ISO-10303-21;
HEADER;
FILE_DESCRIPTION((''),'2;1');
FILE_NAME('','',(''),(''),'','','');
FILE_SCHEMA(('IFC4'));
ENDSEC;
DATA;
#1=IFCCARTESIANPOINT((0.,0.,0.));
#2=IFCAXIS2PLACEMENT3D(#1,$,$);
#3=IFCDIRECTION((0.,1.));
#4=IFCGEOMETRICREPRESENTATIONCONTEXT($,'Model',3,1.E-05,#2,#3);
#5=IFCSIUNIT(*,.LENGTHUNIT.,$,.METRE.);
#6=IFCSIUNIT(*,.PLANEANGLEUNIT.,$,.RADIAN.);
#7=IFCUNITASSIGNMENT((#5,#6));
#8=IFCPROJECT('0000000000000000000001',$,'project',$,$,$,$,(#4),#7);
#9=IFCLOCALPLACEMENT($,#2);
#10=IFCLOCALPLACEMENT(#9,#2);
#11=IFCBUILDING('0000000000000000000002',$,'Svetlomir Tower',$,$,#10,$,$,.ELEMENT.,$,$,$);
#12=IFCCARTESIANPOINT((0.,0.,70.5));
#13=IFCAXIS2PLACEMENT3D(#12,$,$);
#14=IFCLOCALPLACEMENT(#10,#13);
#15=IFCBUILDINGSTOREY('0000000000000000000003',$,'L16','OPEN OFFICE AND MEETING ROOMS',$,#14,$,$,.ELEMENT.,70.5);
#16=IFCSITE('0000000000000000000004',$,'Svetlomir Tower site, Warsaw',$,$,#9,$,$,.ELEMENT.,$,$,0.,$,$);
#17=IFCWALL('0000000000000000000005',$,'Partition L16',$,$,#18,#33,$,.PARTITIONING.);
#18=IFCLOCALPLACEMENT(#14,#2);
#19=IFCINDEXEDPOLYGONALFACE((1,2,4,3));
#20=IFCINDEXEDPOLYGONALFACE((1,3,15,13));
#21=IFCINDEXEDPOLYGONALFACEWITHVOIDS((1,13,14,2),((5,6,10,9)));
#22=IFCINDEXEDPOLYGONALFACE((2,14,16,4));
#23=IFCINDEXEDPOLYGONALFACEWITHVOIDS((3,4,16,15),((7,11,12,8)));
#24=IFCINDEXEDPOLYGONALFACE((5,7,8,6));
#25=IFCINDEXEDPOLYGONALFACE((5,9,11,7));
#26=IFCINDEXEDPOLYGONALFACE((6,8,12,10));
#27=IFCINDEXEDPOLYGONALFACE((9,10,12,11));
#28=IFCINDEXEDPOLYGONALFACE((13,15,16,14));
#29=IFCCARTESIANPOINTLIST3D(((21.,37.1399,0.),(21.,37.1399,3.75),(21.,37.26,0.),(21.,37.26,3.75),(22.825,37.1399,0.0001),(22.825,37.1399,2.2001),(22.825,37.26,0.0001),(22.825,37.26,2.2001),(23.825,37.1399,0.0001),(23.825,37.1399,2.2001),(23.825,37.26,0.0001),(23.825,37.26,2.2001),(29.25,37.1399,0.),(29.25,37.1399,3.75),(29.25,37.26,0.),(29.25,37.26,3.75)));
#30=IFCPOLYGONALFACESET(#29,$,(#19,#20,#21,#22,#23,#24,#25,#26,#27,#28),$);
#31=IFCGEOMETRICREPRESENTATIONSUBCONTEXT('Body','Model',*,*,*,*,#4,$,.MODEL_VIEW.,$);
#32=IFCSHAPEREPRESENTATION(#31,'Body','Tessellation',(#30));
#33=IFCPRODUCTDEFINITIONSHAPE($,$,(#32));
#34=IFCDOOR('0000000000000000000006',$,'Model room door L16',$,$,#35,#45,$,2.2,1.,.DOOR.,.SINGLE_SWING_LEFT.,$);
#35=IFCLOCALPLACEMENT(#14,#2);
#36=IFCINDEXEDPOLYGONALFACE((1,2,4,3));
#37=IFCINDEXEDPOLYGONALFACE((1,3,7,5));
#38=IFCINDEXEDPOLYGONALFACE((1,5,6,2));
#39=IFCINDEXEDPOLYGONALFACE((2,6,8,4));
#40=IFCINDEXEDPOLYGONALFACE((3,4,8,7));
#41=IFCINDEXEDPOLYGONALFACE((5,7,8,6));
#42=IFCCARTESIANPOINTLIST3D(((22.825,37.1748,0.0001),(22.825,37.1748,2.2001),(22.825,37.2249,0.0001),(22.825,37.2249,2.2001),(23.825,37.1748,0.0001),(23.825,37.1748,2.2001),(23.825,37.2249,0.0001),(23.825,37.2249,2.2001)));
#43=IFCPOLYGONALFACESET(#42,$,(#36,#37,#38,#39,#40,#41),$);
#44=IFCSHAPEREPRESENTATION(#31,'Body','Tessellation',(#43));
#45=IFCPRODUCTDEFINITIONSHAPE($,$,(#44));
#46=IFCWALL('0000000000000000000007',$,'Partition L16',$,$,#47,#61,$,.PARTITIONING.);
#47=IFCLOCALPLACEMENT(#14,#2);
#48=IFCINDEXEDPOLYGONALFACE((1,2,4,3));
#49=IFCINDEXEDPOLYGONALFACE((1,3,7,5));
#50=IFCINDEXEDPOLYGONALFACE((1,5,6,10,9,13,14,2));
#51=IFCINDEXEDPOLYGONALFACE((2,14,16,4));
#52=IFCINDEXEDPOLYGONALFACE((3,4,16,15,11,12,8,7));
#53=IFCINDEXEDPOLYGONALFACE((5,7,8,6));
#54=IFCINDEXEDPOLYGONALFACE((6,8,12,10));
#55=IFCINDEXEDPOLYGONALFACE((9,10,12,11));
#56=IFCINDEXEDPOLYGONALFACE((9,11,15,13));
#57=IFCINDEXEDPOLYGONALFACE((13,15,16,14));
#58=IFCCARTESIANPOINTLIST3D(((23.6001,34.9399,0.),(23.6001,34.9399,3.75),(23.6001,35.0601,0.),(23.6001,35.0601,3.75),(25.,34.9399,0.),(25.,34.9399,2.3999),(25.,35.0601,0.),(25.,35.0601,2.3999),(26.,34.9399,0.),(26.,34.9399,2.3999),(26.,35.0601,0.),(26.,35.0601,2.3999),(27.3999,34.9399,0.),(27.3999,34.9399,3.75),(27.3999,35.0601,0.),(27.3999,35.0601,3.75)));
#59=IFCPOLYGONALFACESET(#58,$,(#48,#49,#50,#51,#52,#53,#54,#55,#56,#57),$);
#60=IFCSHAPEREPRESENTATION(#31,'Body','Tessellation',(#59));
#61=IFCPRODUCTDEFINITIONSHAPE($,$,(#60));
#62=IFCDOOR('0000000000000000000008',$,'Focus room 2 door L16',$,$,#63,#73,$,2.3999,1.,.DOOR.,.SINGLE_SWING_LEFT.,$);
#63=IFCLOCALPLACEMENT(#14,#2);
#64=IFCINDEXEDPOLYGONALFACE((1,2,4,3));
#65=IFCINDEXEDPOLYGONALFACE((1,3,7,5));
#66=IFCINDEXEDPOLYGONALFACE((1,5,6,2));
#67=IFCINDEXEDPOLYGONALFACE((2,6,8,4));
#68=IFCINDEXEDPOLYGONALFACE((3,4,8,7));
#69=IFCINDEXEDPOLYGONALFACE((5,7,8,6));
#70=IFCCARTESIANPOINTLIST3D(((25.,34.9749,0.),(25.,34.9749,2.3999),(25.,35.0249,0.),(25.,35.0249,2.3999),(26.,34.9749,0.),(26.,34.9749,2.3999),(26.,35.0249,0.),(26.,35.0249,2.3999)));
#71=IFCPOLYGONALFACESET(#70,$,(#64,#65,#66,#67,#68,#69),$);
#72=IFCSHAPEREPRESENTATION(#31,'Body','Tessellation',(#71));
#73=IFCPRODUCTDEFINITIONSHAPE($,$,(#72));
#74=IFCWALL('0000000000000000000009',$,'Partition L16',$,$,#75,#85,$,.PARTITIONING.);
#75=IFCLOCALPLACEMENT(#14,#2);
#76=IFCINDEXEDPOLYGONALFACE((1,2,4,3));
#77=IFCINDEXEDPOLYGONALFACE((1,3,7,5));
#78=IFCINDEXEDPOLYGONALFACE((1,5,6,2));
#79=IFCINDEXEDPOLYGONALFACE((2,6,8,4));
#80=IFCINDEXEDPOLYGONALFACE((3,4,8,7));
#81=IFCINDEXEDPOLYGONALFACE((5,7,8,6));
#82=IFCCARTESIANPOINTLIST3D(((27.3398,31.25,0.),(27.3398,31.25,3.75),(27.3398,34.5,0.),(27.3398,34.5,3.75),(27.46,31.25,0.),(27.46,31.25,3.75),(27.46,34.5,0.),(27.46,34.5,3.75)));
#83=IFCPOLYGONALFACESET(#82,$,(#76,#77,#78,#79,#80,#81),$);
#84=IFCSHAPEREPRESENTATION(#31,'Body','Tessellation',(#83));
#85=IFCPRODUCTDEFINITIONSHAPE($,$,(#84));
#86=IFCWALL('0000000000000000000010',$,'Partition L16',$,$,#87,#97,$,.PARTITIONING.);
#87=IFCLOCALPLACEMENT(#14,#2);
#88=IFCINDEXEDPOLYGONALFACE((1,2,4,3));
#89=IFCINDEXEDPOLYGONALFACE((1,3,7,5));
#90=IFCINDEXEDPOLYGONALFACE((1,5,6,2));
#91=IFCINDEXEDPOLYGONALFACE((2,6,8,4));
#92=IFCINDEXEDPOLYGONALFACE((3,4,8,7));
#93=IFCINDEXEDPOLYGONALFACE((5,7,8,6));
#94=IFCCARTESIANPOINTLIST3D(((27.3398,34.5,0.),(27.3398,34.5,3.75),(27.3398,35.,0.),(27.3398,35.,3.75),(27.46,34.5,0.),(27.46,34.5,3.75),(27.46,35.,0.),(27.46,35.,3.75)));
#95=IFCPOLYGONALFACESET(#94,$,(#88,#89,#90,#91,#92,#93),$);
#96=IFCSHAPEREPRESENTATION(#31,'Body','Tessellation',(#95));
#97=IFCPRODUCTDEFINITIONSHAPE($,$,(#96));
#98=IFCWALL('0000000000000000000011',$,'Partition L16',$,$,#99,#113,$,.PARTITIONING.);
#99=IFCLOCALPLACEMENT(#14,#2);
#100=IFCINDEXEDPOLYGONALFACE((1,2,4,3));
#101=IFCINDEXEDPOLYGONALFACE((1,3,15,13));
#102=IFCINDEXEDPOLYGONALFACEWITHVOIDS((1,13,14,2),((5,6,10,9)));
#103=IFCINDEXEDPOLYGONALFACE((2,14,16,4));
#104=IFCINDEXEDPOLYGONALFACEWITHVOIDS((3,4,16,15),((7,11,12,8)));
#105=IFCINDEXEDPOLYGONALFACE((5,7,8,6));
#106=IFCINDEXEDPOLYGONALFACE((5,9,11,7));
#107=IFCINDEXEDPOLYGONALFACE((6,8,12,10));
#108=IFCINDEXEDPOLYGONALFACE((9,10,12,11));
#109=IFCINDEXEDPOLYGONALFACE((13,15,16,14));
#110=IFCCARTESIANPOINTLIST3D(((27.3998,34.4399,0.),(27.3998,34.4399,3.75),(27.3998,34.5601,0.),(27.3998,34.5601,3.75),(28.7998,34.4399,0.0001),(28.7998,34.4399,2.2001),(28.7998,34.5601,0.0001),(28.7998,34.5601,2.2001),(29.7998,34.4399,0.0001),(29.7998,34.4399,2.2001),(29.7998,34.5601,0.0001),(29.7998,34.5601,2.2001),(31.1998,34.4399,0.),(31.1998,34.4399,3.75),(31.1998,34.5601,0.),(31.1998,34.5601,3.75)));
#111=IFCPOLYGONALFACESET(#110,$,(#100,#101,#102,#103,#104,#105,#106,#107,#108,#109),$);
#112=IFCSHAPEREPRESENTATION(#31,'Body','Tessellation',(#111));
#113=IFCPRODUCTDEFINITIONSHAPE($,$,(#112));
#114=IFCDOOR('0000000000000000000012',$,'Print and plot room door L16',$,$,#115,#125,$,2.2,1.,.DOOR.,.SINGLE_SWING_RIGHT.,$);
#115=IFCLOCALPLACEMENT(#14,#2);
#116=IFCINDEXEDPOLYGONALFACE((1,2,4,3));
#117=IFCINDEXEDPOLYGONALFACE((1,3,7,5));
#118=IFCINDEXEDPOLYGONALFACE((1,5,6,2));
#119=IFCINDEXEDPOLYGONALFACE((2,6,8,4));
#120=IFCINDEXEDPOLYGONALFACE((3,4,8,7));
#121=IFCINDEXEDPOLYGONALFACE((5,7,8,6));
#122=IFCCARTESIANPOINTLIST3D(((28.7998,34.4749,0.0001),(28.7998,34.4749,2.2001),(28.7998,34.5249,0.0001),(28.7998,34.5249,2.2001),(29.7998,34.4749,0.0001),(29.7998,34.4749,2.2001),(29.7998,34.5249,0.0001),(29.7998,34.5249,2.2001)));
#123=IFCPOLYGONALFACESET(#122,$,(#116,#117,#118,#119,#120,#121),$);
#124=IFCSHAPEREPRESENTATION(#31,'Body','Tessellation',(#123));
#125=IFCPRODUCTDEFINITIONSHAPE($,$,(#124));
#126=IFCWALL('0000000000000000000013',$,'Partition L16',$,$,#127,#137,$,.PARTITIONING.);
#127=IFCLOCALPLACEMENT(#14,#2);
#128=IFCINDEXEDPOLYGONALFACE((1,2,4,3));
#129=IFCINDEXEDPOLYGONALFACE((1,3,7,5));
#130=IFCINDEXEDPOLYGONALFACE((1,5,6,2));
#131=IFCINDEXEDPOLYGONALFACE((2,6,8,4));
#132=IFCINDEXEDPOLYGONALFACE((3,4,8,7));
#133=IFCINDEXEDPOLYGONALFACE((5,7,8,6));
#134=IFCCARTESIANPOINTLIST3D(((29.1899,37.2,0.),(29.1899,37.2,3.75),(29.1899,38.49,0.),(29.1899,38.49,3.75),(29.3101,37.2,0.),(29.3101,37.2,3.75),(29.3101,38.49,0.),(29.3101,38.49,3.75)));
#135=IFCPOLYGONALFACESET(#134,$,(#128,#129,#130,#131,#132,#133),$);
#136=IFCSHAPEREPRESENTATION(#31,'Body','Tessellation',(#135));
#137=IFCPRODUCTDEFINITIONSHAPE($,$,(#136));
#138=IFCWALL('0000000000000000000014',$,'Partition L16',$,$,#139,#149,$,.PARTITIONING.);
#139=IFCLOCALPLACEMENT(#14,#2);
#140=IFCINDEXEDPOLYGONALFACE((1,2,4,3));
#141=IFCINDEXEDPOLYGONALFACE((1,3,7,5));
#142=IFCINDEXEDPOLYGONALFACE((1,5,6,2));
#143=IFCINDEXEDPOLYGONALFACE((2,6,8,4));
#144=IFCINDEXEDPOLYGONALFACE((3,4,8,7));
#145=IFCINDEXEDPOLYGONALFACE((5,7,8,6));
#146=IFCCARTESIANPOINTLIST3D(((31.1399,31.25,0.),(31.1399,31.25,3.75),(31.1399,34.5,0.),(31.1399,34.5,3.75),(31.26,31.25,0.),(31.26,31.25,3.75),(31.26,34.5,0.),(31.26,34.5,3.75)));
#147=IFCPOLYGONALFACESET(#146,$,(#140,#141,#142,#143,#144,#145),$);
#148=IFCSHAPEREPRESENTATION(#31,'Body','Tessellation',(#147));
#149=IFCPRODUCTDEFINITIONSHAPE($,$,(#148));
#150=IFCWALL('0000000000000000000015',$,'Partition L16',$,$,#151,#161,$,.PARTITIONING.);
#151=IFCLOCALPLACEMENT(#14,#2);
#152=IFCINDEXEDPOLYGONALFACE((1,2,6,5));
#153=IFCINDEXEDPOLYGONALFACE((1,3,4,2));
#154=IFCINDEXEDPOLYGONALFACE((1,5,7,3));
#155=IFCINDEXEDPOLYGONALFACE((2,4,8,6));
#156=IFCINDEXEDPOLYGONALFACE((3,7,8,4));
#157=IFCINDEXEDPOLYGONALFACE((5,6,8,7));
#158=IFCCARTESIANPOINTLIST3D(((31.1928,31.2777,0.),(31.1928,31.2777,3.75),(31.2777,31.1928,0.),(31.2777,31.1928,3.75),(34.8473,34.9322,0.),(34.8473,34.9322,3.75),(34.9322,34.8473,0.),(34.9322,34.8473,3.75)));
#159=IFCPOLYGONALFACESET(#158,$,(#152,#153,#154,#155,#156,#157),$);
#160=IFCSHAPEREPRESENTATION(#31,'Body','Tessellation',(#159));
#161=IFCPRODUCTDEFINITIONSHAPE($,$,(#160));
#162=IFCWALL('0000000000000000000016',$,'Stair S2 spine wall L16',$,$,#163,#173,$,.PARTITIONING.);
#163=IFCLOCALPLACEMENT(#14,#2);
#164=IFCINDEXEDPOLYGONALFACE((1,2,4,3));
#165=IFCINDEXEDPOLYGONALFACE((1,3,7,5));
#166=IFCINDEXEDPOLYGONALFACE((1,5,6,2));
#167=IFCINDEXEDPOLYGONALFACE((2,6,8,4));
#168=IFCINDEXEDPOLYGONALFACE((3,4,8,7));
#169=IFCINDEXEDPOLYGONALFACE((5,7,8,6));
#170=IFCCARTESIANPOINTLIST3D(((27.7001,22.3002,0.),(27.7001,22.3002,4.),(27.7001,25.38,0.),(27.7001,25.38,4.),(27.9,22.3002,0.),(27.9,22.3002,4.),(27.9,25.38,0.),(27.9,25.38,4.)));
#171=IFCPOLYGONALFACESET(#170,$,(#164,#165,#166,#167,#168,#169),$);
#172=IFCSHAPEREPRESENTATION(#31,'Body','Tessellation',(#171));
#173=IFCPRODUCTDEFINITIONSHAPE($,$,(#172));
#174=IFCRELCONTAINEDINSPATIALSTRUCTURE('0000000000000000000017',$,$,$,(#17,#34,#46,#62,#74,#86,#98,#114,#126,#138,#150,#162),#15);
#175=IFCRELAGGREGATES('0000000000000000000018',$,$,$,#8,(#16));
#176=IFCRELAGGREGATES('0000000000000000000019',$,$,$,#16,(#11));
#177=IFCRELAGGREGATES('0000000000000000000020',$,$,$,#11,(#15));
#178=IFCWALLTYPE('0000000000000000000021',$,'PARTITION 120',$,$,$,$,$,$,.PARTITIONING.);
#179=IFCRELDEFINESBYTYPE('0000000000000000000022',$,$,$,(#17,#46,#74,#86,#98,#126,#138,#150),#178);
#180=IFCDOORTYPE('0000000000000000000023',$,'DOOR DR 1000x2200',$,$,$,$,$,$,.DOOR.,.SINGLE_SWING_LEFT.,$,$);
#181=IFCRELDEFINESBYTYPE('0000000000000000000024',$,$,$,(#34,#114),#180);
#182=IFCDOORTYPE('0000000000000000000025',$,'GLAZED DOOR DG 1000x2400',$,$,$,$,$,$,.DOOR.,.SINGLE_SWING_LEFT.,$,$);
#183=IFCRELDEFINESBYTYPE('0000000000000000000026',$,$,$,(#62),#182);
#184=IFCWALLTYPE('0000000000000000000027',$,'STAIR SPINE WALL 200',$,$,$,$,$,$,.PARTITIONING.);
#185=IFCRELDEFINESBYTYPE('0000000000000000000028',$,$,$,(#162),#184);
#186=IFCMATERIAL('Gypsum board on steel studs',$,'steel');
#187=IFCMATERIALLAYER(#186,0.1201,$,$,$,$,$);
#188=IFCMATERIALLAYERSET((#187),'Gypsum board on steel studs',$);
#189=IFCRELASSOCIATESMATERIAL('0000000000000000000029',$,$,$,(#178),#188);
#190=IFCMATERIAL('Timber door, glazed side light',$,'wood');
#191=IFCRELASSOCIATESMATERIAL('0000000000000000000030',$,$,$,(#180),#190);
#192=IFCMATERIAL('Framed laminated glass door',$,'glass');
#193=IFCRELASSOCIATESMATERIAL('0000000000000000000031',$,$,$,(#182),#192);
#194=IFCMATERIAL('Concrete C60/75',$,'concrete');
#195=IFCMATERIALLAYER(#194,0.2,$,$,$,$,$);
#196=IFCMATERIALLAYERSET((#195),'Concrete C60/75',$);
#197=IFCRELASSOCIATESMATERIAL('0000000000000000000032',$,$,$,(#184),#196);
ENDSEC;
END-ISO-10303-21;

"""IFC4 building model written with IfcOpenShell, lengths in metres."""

from ifc_helpers import new_model, si_unit, direction, frame, frame_2d, origin, place, context, subcontext, project, spatial, rectangle, extrude, material, layer, layer_set, type_object, element, fill, save


model = new_model("IFC4")

# Units and contexts
model_context = context("Model", 3, precision=1e-05, world=origin(), true_north=direction((0.0, 1.0)))
body_context = subcontext(model_context, "Body", "Model", "MODEL_VIEW")
ifc_project = project(units=[si_unit("LENGTHUNIT", "METRE"), si_unit("PLANEANGLEUNIT", "RADIAN")], contexts=[model_context])

# Site, building, storey
site_placement = place(None, origin())
site = spatial("IfcSite", under=ifc_project, at=site_placement, Name="Svetlomir Tower site, Warsaw", CompositionType="ELEMENT", RefElevation=0.0)
building_placement = place(site_placement, origin())
building = spatial("IfcBuilding", under=site, at=building_placement, Name="Svetlomir Tower", CompositionType="ELEMENT")
storey_placement = place(building_placement, frame((0.0, 0.0, 70.5)))
storey = spatial("IfcBuildingStorey", under=building, at=storey_placement, Name="L16", Description="OPEN OFFICE AND MEETING ROOMS", CompositionType="ELEMENT", Elevation=70.5)

# Shared definitions
ifc_material_1 = material(Name="Gypsum board on steel studs", Category="steel")
ifc_layer_1 = layer(ifc_material_1, 0.1201)
ifc_layer_set_1 = layer_set([ifc_layer_1], Name="Gypsum board on steel studs")
wall_type_1 = type_object("IfcWallType", Name="PARTITION 120", PredefinedType="PARTITIONING", material=ifc_layer_set_1)

# Walls, openings, doors
wall_1_placement = place(storey_placement, frame((21.0, 37.2, 0.0), z_axis=(0.0, 0.0, 1.0), x_axis=(1.0, 0.0, 0.0)))
wall_1 = element("IfcWall", 1, at=wall_1_placement, inside=storey, type_object=wall_type_1, Name="Partition L16", PredefinedType="PARTITIONING", context=body_context, shape_type="SweptSolid", body=[
    extrude(rectangle(XDim=8.25, YDim=0.1201, at=frame_2d((4.125, 0.0))), origin(), (0.0, 0.0, 1.0), 3.75),
])
opening_1_placement = place(wall_1_placement, frame((1.825, 0.0, 0.0)))
opening_1 = element("IfcOpeningElement", 2, at=opening_1_placement, cuts=wall_1, PredefinedType="OPENING", context=body_context, shape_type="SweptSolid", body=[
    extrude(rectangle(XDim=1.0, YDim=2.2, at=frame_2d((0.5, 1.1001))), frame((0.0, 0.0701, 0.0), z_axis=(0.0, -1.0, 0.0), x_axis=(1.0, 0.0, 0.0)), (0.0, 0.0, 1.0), 0.1401),
])
ifc_material_2 = material(Name="Timber door, glazed side light", Category="wood")
door_type_1 = type_object("IfcDoorType", Name="DOOR DR 1000x2200", OperationType="SINGLE_SWING_LEFT", PredefinedType="DOOR", material=ifc_material_2)
door_1_placement = place(opening_1_placement, origin())
door_1 = element("IfcDoor", 3, at=door_1_placement, inside=storey, type_object=door_type_1, Name="Model room door L16", OperationType="SINGLE_SWING_LEFT", OverallHeight=2.2, OverallWidth=1.0, PredefinedType="DOOR", context=body_context, shape_type="SweptSolid", body=[
    extrude(rectangle(XDim=1.0, YDim=2.2, at=frame_2d((0.5, 1.1001))), frame((0.0, 0.0249, 0.0), z_axis=(0.0, -1.0, 0.0), x_axis=(1.0, 0.0, 0.0)), (0.0, 0.0, 1.0), 0.05),
])
fill(opening_1, door_1)
wall_2_placement = place(storey_placement, frame((23.6001, 35.0, 0.0), z_axis=(0.0, 0.0, 1.0), x_axis=(1.0, 0.0, 0.0)))
wall_2 = element("IfcWall", 4, at=wall_2_placement, inside=storey, type_object=wall_type_1, Name="Partition L16", PredefinedType="PARTITIONING", context=body_context, shape_type="SweptSolid", body=[
    extrude(rectangle(XDim=3.7998, YDim=0.1201, at=frame_2d((1.8999, 0.0))), origin(), (0.0, 0.0, 1.0), 3.75),
])
opening_2_placement = place(wall_2_placement, frame((1.3999, 0.0, 0.0)))
opening_2 = element("IfcOpeningElement", 5, at=opening_2_placement, cuts=wall_2, PredefinedType="OPENING", context=body_context, shape_type="SweptSolid", body=[
    extrude(rectangle(XDim=1.0, YDim=2.3999, at=frame_2d((0.5, 1.2))), frame((0.0, 0.0701, 0.0), z_axis=(0.0, -1.0, 0.0), x_axis=(1.0, 0.0, 0.0)), (0.0, 0.0, 1.0), 0.1401),
])
ifc_material_3 = material(Name="Framed laminated glass door", Category="glass")
door_type_2 = type_object("IfcDoorType", Name="GLAZED DOOR DG 1000x2400", OperationType="SINGLE_SWING_LEFT", PredefinedType="DOOR", material=ifc_material_3)
door_2_placement = place(opening_2_placement, origin())
door_2 = element("IfcDoor", 6, at=door_2_placement, inside=storey, type_object=door_type_2, Name="Focus room 2 door L16", OperationType="SINGLE_SWING_LEFT", OverallHeight=2.3999, OverallWidth=1.0, PredefinedType="DOOR", context=body_context, shape_type="SweptSolid", body=[
    extrude(rectangle(XDim=1.0, YDim=2.3999, at=frame_2d((0.5, 1.2))), frame((0.0, 0.0249, 0.0), z_axis=(0.0, -1.0, 0.0), x_axis=(1.0, 0.0, 0.0)), (0.0, 0.0, 1.0), 0.05),
])
fill(opening_2, door_2)

# Walls
wall_3_placement = place(storey_placement, frame((27.3999, 31.25, 0.0), z_axis=(0.0, 0.0, 1.0), x_axis=(0.0, 1.0, 0.0)))
element("IfcWall", 7, at=wall_3_placement, inside=storey, type_object=wall_type_1, Name="Partition L16", PredefinedType="PARTITIONING", context=body_context, shape_type="SweptSolid", body=[
    extrude(rectangle(XDim=3.25, YDim=0.1201, at=frame_2d((1.625, 0.0))), origin(), (0.0, 0.0, 1.0), 3.75),
])
wall_4_placement = place(storey_placement, frame((27.3999, 34.5, 0.0), z_axis=(0.0, 0.0, 1.0), x_axis=(0.0, 1.0, 0.0)))
element("IfcWall", 8, at=wall_4_placement, inside=storey, type_object=wall_type_1, Name="Partition L16", PredefinedType="PARTITIONING", context=body_context, shape_type="SweptSolid", body=[
    extrude(rectangle(XDim=0.5, YDim=0.1201, at=frame_2d((0.25, 0.0))), origin(), (0.0, 0.0, 1.0), 3.75),
])

# Wall, opening, door
wall_5_placement = place(storey_placement, frame((27.3999, 34.5, 0.0), z_axis=(0.0, 0.0, 1.0), x_axis=(1.0, 0.0, 0.0)))
wall_5 = element("IfcWall", 9, at=wall_5_placement, inside=storey, type_object=wall_type_1, Name="Partition L16", PredefinedType="PARTITIONING", context=body_context, shape_type="SweptSolid", body=[
    extrude(rectangle(XDim=3.8, YDim=0.1201, at=frame_2d((1.8999, 0.0))), origin(), (0.0, 0.0, 1.0), 3.75),
])
opening_3_placement = place(wall_5_placement, frame((1.3999, 0.0, 0.0)))
opening_3 = element("IfcOpeningElement", 10, at=opening_3_placement, cuts=wall_5, PredefinedType="OPENING", context=body_context, shape_type="SweptSolid", body=[
    extrude(rectangle(XDim=1.0, YDim=2.2, at=frame_2d((0.5, 1.1001))), frame((0.0, 0.0701, 0.0), z_axis=(0.0, -1.0, 0.0), x_axis=(1.0, 0.0, 0.0)), (0.0, 0.0, 1.0), 0.1401),
])
door_3_placement = place(opening_3_placement, origin())
door_3 = element("IfcDoor", 11, at=door_3_placement, inside=storey, type_object=door_type_1, Name="Print and plot room door L16", OperationType="SINGLE_SWING_RIGHT", OverallHeight=2.2, OverallWidth=1.0, PredefinedType="DOOR", context=body_context, shape_type="SweptSolid", body=[
    extrude(rectangle(XDim=1.0, YDim=2.2, at=frame_2d((0.5, 1.1001))), frame((0.0, 0.0249, 0.0), z_axis=(0.0, -1.0, 0.0), x_axis=(1.0, 0.0, 0.0)), (0.0, 0.0, 1.0), 0.05),
])
fill(opening_3, door_3)

# Walls
wall_6_placement = place(storey_placement, frame((29.25, 37.2, 0.0), z_axis=(0.0, 0.0, 1.0), x_axis=(0.0, 1.0, 0.0)))
element("IfcWall", 12, at=wall_6_placement, inside=storey, type_object=wall_type_1, Name="Partition L16", PredefinedType="PARTITIONING", context=body_context, shape_type="SweptSolid", body=[
    extrude(rectangle(XDim=1.29, YDim=0.1201, at=frame_2d((0.645, 0.0))), origin(), (0.0, 0.0, 1.0), 3.75),
])
wall_7_placement = place(storey_placement, frame((31.2, 31.25, 0.0), z_axis=(0.0, 0.0, 1.0), x_axis=(0.0, 1.0, 0.0)))
element("IfcWall", 13, at=wall_7_placement, inside=storey, type_object=wall_type_1, Name="Partition L16", PredefinedType="PARTITIONING", context=body_context, shape_type="SweptSolid", body=[
    extrude(rectangle(XDim=3.25, YDim=0.1201, at=frame_2d((1.625, 0.0))), origin(), (0.0, 0.0, 1.0), 3.75),
])
wall_8_placement = place(storey_placement, frame((31.2354, 31.2354, 0.0), z_axis=(0.0, 0.0, 1.0), x_axis=(0.707107, 0.707107, 0.0)))
element("IfcWall", 14, at=wall_8_placement, inside=storey, type_object=wall_type_1, Name="Partition L16", PredefinedType="PARTITIONING", context=body_context, shape_type="SweptSolid", body=[
    extrude(rectangle(XDim=5.1682, YDim=0.1201, at=frame_2d((2.584, 0.0))), origin(), (0.0, 0.0, 1.0), 3.75),
])
ifc_material_4 = material(Name="Concrete C60/75", Category="concrete")
ifc_layer_2 = layer(ifc_material_4, 0.2)
ifc_layer_set_2 = layer_set([ifc_layer_2], Name="Concrete C60/75")
wall_type_2 = type_object("IfcWallType", Name="STAIR SPINE WALL 200", PredefinedType="PARTITIONING", material=ifc_layer_set_2)
wall_9_placement = place(storey_placement, frame((27.8, 22.3, 0.0), z_axis=(0.0, 0.0, 1.0), x_axis=(0.0, 1.0, 0.0)))
element("IfcWall", 15, at=wall_9_placement, inside=storey, type_object=wall_type_2, Name="Stair S2 spine wall L16", PredefinedType="PARTITIONING", context=body_context, shape_type="SweptSolid", body=[
    extrude(rectangle(XDim=3.0798, YDim=0.2, at=frame_2d((1.54, 0.0))), origin(), (0.0, 0.0, 1.0), 4.0),
])

save(model, "model.ifc")
